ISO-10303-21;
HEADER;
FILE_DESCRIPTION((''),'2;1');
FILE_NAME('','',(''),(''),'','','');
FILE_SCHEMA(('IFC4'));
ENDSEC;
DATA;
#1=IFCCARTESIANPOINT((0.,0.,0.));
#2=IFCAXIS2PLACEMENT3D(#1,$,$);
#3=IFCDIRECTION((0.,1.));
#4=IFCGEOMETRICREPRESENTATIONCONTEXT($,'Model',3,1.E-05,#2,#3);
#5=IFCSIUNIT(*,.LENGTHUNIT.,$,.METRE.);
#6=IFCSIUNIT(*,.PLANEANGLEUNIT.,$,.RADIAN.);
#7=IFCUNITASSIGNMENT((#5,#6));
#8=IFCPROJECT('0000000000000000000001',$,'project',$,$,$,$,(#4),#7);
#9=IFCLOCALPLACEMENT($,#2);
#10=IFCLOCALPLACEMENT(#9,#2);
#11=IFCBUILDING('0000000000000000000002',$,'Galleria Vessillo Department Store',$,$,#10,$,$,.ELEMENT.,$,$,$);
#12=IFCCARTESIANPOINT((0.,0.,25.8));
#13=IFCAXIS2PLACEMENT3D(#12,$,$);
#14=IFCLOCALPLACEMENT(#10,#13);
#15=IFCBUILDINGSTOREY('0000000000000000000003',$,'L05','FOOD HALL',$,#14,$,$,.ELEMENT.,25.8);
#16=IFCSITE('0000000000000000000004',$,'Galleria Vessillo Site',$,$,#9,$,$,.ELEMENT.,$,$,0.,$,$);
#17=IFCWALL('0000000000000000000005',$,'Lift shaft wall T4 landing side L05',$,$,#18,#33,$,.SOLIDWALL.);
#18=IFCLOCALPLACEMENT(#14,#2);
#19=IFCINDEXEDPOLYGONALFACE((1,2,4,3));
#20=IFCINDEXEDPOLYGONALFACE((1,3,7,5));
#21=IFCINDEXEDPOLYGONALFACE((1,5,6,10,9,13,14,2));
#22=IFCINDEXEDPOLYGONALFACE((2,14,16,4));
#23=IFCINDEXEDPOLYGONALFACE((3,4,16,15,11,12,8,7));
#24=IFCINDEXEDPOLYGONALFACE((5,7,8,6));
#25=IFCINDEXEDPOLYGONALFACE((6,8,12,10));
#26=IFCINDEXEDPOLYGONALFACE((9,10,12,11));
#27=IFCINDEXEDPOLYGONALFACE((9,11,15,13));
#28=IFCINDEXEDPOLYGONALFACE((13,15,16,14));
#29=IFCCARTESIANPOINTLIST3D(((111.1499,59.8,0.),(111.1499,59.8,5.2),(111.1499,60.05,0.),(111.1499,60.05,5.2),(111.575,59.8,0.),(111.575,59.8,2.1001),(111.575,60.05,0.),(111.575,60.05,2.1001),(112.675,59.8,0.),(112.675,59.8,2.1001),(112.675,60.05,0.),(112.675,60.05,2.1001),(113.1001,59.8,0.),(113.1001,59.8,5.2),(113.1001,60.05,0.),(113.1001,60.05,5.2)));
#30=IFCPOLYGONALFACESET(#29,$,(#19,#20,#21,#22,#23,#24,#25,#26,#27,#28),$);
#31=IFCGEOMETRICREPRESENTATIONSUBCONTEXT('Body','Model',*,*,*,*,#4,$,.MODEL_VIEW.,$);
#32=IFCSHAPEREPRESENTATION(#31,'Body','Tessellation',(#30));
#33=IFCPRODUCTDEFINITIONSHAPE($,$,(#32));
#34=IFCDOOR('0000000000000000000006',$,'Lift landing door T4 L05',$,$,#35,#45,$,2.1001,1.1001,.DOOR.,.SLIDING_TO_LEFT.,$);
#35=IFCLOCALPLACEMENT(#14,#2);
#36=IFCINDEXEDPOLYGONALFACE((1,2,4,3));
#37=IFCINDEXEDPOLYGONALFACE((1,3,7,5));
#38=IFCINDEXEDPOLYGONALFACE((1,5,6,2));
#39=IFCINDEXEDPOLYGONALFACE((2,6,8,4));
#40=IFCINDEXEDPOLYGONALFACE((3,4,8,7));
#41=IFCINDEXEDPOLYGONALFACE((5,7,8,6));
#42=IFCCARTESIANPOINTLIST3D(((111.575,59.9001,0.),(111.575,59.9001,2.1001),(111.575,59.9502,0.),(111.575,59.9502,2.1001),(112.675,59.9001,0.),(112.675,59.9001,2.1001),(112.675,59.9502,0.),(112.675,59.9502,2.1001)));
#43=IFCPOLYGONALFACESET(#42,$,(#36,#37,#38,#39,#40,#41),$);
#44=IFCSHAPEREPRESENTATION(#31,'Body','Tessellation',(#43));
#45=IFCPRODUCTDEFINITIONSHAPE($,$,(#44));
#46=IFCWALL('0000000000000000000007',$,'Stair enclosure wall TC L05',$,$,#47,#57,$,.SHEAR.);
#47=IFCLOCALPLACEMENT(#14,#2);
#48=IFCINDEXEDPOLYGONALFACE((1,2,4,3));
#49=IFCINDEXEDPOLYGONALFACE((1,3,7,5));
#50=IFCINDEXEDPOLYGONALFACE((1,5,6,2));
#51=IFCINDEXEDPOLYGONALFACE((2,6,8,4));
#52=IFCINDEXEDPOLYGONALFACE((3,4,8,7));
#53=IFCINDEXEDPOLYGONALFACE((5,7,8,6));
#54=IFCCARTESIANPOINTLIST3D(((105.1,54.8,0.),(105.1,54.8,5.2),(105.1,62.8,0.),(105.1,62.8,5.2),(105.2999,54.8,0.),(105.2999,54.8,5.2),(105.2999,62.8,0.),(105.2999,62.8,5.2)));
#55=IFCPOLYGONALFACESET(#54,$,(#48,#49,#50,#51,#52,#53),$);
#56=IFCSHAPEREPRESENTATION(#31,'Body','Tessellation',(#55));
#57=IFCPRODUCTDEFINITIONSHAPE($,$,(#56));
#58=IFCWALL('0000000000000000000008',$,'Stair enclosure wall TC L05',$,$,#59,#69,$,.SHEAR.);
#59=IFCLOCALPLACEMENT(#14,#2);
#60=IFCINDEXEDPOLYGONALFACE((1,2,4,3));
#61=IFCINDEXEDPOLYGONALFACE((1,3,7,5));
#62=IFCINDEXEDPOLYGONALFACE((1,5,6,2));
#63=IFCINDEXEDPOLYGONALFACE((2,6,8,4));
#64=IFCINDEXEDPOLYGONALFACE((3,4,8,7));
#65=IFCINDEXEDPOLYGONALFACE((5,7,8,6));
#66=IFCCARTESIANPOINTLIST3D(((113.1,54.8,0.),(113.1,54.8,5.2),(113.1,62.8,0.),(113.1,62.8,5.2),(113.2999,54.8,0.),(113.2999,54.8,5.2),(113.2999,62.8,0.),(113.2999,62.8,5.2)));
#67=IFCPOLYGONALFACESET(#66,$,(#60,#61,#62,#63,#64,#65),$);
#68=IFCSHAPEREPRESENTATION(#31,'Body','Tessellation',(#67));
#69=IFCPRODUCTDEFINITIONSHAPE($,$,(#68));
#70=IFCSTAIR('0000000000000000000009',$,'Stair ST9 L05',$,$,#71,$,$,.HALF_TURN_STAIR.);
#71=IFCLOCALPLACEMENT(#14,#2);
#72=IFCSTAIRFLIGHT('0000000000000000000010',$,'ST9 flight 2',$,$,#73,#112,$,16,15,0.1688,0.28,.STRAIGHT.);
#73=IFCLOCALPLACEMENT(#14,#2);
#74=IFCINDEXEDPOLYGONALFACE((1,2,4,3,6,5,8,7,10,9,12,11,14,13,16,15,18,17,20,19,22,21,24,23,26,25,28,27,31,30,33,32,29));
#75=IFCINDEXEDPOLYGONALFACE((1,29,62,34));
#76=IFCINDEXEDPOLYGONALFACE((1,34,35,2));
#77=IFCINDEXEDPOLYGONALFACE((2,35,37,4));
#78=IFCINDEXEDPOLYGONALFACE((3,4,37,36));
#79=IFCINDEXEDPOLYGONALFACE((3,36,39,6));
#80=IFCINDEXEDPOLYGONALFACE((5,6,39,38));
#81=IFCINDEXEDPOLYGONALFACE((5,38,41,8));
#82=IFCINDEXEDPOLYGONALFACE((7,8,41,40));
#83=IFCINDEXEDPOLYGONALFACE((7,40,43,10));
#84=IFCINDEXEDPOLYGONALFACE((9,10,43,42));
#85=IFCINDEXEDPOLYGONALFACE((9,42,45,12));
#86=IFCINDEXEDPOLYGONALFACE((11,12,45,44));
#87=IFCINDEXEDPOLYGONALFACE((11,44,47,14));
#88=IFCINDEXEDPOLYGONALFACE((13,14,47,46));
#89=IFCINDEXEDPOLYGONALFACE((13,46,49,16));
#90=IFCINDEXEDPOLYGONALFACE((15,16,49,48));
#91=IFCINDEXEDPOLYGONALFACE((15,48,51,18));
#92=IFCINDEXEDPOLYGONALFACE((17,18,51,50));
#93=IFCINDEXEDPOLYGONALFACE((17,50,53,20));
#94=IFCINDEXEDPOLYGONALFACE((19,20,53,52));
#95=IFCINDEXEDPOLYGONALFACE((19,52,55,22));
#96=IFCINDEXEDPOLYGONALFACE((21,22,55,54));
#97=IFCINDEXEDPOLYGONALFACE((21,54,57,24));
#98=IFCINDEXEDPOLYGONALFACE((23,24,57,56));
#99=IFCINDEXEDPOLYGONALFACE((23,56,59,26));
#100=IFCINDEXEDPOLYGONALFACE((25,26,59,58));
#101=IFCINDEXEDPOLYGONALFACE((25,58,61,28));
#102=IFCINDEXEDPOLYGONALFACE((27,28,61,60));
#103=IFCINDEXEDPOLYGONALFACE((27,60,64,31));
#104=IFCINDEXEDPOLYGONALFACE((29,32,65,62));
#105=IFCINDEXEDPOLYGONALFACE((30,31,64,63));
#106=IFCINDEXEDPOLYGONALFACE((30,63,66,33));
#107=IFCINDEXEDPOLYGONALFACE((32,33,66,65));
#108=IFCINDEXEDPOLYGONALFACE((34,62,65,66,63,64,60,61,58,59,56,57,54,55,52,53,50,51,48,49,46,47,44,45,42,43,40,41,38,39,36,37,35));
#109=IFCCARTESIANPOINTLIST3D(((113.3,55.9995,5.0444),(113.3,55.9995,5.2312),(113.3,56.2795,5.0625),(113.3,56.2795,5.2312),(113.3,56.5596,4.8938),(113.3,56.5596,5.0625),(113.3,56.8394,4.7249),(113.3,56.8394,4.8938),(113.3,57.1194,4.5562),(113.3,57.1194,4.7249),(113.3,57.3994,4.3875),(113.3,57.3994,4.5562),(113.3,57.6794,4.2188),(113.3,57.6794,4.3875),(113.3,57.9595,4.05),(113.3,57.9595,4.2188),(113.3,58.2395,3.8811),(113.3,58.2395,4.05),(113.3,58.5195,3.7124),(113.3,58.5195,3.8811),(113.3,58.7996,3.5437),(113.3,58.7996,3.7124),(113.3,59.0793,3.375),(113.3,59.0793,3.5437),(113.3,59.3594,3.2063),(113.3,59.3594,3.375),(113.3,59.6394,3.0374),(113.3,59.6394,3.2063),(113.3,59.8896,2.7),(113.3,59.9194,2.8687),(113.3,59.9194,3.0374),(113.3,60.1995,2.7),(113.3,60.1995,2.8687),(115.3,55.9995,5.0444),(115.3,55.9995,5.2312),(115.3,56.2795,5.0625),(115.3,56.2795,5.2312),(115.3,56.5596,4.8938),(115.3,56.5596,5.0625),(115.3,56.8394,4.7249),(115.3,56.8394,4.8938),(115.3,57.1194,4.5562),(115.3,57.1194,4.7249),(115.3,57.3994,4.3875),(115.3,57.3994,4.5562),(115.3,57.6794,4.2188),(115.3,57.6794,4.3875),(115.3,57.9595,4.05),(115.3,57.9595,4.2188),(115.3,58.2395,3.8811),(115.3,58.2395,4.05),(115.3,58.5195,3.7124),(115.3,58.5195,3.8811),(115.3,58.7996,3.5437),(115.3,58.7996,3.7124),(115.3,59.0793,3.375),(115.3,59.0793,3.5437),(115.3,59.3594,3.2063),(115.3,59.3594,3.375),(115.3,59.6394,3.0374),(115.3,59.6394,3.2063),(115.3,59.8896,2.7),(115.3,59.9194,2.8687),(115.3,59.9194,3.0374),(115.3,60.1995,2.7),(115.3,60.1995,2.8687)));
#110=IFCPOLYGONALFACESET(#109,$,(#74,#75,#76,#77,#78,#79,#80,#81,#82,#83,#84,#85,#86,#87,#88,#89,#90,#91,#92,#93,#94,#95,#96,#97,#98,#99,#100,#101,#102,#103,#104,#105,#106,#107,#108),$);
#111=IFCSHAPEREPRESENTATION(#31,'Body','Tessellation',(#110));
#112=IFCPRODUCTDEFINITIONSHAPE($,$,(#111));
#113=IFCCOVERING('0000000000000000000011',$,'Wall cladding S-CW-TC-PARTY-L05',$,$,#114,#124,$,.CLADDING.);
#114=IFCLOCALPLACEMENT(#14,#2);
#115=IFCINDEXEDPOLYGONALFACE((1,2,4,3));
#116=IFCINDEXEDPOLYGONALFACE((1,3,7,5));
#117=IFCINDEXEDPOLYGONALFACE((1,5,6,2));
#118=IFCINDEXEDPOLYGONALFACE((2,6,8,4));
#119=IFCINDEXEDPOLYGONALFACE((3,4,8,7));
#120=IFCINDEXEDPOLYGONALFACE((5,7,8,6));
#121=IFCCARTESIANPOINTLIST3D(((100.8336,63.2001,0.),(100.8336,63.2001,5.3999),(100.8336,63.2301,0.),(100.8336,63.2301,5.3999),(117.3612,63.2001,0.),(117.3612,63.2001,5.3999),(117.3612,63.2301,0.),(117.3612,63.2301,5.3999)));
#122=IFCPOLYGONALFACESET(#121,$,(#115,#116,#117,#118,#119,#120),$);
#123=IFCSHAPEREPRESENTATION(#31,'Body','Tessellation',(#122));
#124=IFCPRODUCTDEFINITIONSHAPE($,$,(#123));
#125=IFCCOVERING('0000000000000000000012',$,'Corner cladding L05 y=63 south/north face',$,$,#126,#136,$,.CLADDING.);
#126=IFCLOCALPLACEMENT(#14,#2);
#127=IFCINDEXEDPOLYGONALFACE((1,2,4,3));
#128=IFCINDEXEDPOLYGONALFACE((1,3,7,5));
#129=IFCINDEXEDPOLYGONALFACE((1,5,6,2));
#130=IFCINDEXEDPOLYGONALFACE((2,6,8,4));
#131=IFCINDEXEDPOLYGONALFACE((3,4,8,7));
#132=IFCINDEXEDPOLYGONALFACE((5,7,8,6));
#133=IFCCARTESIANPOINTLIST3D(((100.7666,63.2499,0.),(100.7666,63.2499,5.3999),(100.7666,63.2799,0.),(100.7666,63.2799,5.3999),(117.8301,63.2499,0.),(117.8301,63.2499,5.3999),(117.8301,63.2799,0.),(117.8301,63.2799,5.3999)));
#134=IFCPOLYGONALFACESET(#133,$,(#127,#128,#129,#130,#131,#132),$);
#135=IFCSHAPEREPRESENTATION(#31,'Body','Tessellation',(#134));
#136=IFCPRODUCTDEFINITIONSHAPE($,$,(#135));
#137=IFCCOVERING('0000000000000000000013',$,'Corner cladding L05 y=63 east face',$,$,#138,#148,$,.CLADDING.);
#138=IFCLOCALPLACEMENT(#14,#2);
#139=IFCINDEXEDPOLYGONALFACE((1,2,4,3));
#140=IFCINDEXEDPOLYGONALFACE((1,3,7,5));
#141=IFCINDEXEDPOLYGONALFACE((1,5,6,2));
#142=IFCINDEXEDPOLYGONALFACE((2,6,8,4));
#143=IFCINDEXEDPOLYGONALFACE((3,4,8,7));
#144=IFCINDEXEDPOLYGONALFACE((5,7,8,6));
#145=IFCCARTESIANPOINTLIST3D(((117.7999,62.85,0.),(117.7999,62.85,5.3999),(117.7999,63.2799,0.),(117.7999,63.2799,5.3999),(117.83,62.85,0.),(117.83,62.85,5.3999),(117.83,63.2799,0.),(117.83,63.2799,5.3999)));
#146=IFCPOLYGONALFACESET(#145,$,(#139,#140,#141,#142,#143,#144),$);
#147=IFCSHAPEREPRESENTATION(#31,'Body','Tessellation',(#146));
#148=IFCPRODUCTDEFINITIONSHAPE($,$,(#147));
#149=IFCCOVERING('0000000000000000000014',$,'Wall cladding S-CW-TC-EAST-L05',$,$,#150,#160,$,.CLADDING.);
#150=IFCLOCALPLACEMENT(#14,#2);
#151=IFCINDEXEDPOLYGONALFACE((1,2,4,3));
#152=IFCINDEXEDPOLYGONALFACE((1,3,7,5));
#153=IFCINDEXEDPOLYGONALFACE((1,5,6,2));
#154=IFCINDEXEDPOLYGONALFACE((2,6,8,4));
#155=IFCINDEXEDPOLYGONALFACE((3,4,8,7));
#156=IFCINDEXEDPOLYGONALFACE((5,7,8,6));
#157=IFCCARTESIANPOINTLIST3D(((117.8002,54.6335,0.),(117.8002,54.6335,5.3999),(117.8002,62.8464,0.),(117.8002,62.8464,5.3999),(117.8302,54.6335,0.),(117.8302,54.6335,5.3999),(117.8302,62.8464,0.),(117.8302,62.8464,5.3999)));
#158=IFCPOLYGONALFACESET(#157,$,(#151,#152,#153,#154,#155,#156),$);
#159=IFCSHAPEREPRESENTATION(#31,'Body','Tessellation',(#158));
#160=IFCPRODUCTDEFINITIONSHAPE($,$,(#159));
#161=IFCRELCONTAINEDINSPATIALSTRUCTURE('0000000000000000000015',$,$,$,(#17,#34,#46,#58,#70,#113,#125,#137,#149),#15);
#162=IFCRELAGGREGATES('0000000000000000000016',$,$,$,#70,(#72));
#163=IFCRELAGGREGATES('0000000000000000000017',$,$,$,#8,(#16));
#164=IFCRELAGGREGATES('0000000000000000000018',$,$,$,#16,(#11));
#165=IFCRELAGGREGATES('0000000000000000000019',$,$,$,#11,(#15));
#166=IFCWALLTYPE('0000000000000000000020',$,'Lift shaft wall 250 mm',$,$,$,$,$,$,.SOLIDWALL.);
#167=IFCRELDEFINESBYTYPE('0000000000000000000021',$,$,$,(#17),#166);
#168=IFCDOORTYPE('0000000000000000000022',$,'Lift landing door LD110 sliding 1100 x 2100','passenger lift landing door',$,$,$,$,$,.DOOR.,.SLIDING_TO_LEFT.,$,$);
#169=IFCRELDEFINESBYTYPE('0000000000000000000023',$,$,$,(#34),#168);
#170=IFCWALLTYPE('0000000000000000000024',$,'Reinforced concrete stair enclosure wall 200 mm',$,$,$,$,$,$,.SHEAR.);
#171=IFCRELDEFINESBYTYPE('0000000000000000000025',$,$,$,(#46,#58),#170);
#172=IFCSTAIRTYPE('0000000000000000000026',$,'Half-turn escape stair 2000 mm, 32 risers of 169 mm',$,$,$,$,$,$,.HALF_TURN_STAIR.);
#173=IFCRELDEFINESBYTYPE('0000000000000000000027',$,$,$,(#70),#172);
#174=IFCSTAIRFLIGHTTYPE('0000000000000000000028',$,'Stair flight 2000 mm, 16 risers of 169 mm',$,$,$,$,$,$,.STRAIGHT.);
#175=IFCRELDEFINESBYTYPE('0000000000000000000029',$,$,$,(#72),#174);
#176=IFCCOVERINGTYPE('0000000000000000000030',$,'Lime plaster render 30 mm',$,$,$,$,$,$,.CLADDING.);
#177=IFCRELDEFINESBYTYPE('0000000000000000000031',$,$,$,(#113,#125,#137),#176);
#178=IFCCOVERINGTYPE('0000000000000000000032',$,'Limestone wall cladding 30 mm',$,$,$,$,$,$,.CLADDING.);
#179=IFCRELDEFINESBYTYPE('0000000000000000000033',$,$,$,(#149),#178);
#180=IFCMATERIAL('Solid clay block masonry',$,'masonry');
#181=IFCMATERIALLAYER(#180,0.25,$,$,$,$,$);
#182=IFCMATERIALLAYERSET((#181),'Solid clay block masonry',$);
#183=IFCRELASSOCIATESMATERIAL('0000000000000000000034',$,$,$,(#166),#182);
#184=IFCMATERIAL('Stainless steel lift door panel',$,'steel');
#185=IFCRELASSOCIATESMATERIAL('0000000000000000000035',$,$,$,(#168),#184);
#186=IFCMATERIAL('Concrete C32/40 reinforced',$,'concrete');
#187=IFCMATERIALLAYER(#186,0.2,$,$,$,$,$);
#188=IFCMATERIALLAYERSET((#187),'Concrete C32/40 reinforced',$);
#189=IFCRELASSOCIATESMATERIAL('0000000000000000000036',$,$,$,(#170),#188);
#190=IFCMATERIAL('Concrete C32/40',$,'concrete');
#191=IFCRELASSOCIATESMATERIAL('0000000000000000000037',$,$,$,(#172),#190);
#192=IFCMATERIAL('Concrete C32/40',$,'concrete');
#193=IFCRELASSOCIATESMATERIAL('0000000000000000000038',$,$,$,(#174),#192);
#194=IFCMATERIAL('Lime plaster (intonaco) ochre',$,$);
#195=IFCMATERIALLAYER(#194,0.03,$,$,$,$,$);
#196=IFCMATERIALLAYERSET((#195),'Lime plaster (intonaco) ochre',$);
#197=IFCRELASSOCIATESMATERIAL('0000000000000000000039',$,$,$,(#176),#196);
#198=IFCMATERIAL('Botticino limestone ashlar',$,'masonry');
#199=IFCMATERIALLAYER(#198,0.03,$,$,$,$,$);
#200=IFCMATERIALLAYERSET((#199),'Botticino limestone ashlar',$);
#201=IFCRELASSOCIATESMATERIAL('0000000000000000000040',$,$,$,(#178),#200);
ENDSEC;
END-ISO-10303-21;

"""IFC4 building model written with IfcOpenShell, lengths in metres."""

from ifc_helpers import new_model, si_unit, direction, frame, frame_2d, origin, origin_2d, place, context, subcontext, project, spatial, polyline, rectangle, outline, extrude, material, layer, layer_set, type_object, element, fill, aggregate, save


model = new_model("IFC4")

# Units and contexts
model_context = context("Model", 3, precision=1e-05, world=origin(), true_north=direction((0.0, 1.0)))
body_context = subcontext(model_context, "Body", "Model", "MODEL_VIEW")
ifc_project = project(units=[si_unit("LENGTHUNIT", "METRE"), si_unit("PLANEANGLEUNIT", "RADIAN")], contexts=[model_context])

# Site, building, storey
site_placement = place(None, origin())
site = spatial("IfcSite", under=ifc_project, at=site_placement, Name="Galleria Vessillo Site", CompositionType="ELEMENT", RefElevation=0.0)
building_placement = place(site_placement, origin())
building = spatial("IfcBuilding", under=site, at=building_placement, Name="Galleria Vessillo Department Store", CompositionType="ELEMENT")
storey_placement = place(building_placement, frame((0.0, 0.0, 25.8)))
storey = spatial("IfcBuildingStorey", under=building, at=storey_placement, Name="L05", Description="FOOD HALL", CompositionType="ELEMENT", Elevation=25.8)

# Wall, opening, door
ifc_material_1 = material(Name="Solid clay block masonry", Category="masonry")
ifc_layer_1 = layer(ifc_material_1, 0.25)
ifc_layer_set_1 = layer_set([ifc_layer_1], Name="Solid clay block masonry")
wall_type_1 = type_object("IfcWallType", Name="Lift shaft wall 250 mm", PredefinedType="SOLIDWALL", material=ifc_layer_set_1)
ifc_material_2 = material(Name="Stainless steel lift door panel", Category="steel")
door_type = type_object("IfcDoorType", Name="Lift landing door LD110 sliding 1100 x 2100", Description="passenger lift landing door", OperationType="SLIDING_TO_LEFT", PredefinedType="DOOR", material=ifc_material_2)
wall_1_placement = place(storey_placement, frame((111.1499, 59.925, 0.0), z_axis=(0.0, 0.0, 1.0), x_axis=(1.0, 0.0, 0.0)))
wall_1 = element("IfcWall", 1, at=wall_1_placement, inside=storey, type_object=wall_type_1, Name="Lift shaft wall T4 landing side L05", PredefinedType="SOLIDWALL", context=body_context, shape_type="SweptSolid", body=[
    extrude(rectangle(XDim=1.9502, YDim=0.25, at=frame_2d((0.9751, 0.0))), origin(), (0.0, 0.0, 1.0), 5.2),
])
opening_1_placement = place(wall_1_placement, frame((0.425, 0.0, 0.0)))
opening_1 = element("IfcOpeningElement", 2, at=opening_1_placement, cuts=wall_1, PredefinedType="OPENING", context=body_context, shape_type="SweptSolid", body=[
    extrude(rectangle(XDim=1.1001, YDim=2.1001, at=frame_2d((0.55, 1.05))), frame((0.0, 0.135, 0.0), z_axis=(0.0, -1.0, 0.0), x_axis=(1.0, 0.0, 0.0)), (0.0, 0.0, 1.0), 0.27),
])
door_1_placement = place(opening_1_placement, frame((1.1001, 0.0, 0.0), z_axis=(0.0, 0.0, 1.0), x_axis=(-1.0, 0.0, 0.0)))
door_1 = element("IfcDoor", 3, at=door_1_placement, inside=storey, type_object=door_type, Name="Lift landing door T4 L05", OperationType="SLIDING_TO_LEFT", OverallHeight=2.1001, OverallWidth=1.1001, PredefinedType="DOOR", context=body_context, shape_type="SweptSolid", body=[
    extrude(rectangle(XDim=1.1001, YDim=2.1001, at=frame_2d((0.55, 1.05))), frame((0.0, 0.0249, 0.0), z_axis=(0.0, -1.0, 0.0), x_axis=(1.0, 0.0, 0.0)), (0.0, 0.0, 1.0), 0.05),
])
fill(opening_1, door_1)

# Walls
ifc_material_3 = material(Name="Concrete C32/40 reinforced", Category="concrete")
ifc_layer_2 = layer(ifc_material_3, 0.2)
ifc_layer_set_2 = layer_set([ifc_layer_2], Name="Concrete C32/40 reinforced")
wall_type_2 = type_object("IfcWallType", Name="Reinforced concrete stair enclosure wall 200 mm", PredefinedType="SHEAR", material=ifc_layer_set_2)
for number, where, z_axis, x_axis, name in (
    (4, (105.2, 62.8, 0.0), (0.0, 0.0, 1.0), (0.0, -1.0, 0.0), "Stair enclosure wall TC L05"),
    (5, (113.2, 62.8, 0.0), (0.0, 0.0, 1.0), (0.0, -1.0, 0.0), "Stair enclosure wall TC L05"),
):
    element("IfcWall", number, at=place(storey_placement, frame(where, z_axis=z_axis, x_axis=x_axis)), inside=storey, type_object=wall_type_2, Name=name, PredefinedType="SHEAR", context=body_context, shape_type="SweptSolid", body=[
        extrude(rectangle(XDim=8.0, YDim=0.2, at=frame_2d((4.0, 0.0))), origin(), (0.0, 0.0, 1.0), 5.2),
    ])

# Stair, stair flight
ifc_material_4 = material(Name="Concrete C32/40", Category="concrete")
stair_type = type_object("IfcStairType", Name="Half-turn escape stair 2000 mm, 32 risers of 169 mm", PredefinedType="HALF_TURN_STAIR", material=ifc_material_4)
stair_placement = place(storey_placement, origin())
stair = element("IfcStair", 6, at=stair_placement, inside=storey, type_object=stair_type, Name="Stair ST9 L05", PredefinedType="HALF_TURN_STAIR")
ifc_material_5 = material(Name="Concrete C32/40", Category="concrete")
stair_flight_type = type_object("IfcStairFlightType", Name="Stair flight 2000 mm, 16 risers of 169 mm", PredefinedType="STRAIGHT", material=ifc_material_5)
stair_flight_placement = place(storey_placement, frame((114.3, 60.1995, 2.7), z_axis=(0.0, 0.0, 1.0), x_axis=(0.0, -1.0, 0.0)))
stair_flight = element("IfcStairFlight", 7, at=stair_flight_placement, type_object=stair_flight_type, Name="ST9 flight 2", NumberOfRisers=16, NumberOfTreads=15, PredefinedType="STRAIGHT", RiserHeight=0.1688, TreadLength=0.28, context=body_context, shape_type="SweptSolid", body=[
    extrude(outline(polyline([(0.0, 0.0), (0.0, 0.1687), (0.28, 0.1687), (0.28, 0.3374), (0.5601, 0.3374), (0.5601, 0.5063), (0.8401, 0.5063), (0.8401, 0.675), (1.1201, 0.675), (1.1201, 0.8438), (1.3999, 0.8438), (1.3999, 1.0125), (1.6799, 1.0125), (1.6799, 1.1812), (1.96, 1.1812), (1.96, 1.3501), (2.24, 1.3501), (2.24, 1.5188), (2.52, 1.5188), (2.52, 1.6875), (2.8, 1.6875), (2.8, 1.8562), (3.0801, 1.8562), (3.0801, 2.0249), (3.3601, 2.0249), (3.3601, 2.1938), (3.6399, 2.1938), (3.6399, 2.3625), (3.9199, 2.3625), (3.9199, 2.5312), (4.2, 2.5312), (4.2, 2.7), (4.2, 2.3445), (0.3098, 0.0), (0.0, 0.0)])), frame((0.0, 1.0, 0.0), z_axis=(0.0, -1.0, 0.0), x_axis=(1.0, 0.0, 0.0)), (0.0, 0.0, 1.0), 2.0),
])
aggregate(stair, [stair_flight])

# Coverings
ifc_material_6 = material(Name="Lime plaster (intonaco) ochre")
ifc_layer_3 = layer(ifc_material_6, 0.03)
ifc_layer_set_3 = layer_set([ifc_layer_3], Name="Lime plaster (intonaco) ochre")
covering_type_1 = type_object("IfcCoveringType", Name="Lime plaster render 30 mm", PredefinedType="CLADDING", material=ifc_layer_set_3)
covering_1_placement = place(storey_placement, frame((109.0974, 63.2151, 0.0), z_axis=(0.0, 0.0, 1.0), x_axis=(1.0, 0.0, 0.0)))
element("IfcCovering", 8, at=covering_1_placement, inside=storey, type_object=covering_type_1, Name="Wall cladding S-CW-TC-PARTY-L05", PredefinedType="CLADDING", context=body_context, shape_type="SweptSolid", body=[
    extrude(rectangle(XDim=16.5276, YDim=0.03, at=origin_2d()), origin(), (0.0, 0.0, 1.0), 5.3999),
])
covering_2_placement = place(storey_placement, frame((109.2983, 63.2649, 0.0), z_axis=(0.0, 0.0, 1.0), x_axis=(1.0, 0.0, 0.0)))
element("IfcCovering", 9, at=covering_2_placement, inside=storey, type_object=covering_type_1, Name="Corner cladding L05 y=63 south/north face", PredefinedType="CLADDING", context=body_context, shape_type="SweptSolid", body=[
    extrude(rectangle(XDim=17.0635, YDim=0.03, at=origin_2d()), origin(), (0.0, 0.0, 1.0), 5.3999),
])
covering_3_placement = place(storey_placement, frame((117.8149, 63.0649, 0.0), z_axis=(0.0, 0.0, 1.0), x_axis=(1.0, 0.0, 0.0)))
element("IfcCovering", 10, at=covering_3_placement, inside=storey, type_object=covering_type_1, Name="Corner cladding L05 y=63 east face", PredefinedType="CLADDING", context=body_context, shape_type="SweptSolid", body=[
    extrude(rectangle(XDim=0.03, YDim=0.4299, at=origin_2d()), origin(), (0.0, 0.0, 1.0), 5.3999),
])
ifc_material_7 = material(Name="Botticino limestone ashlar", Category="masonry")
ifc_layer_4 = layer(ifc_material_7, 0.03)
ifc_layer_set_4 = layer_set([ifc_layer_4], Name="Botticino limestone ashlar")
covering_type_2 = type_object("IfcCoveringType", Name="Limestone wall cladding 30 mm", PredefinedType="CLADDING", material=ifc_layer_set_4)
covering_4_placement = place(storey_placement, frame((117.8152, 58.74, 0.0), z_axis=(0.0, 0.0, 1.0), x_axis=(1.0, 0.0, 0.0)))
element("IfcCovering", 11, at=covering_4_placement, inside=storey, type_object=covering_type_2, Name="Wall cladding S-CW-TC-EAST-L05", PredefinedType="CLADDING", context=body_context, shape_type="SweptSolid", body=[
    extrude(rectangle(XDim=0.03, YDim=8.2129, at=origin_2d()), origin(), (0.0, 0.0, 1.0), 5.3999),
])

save(model, "model.ifc")
